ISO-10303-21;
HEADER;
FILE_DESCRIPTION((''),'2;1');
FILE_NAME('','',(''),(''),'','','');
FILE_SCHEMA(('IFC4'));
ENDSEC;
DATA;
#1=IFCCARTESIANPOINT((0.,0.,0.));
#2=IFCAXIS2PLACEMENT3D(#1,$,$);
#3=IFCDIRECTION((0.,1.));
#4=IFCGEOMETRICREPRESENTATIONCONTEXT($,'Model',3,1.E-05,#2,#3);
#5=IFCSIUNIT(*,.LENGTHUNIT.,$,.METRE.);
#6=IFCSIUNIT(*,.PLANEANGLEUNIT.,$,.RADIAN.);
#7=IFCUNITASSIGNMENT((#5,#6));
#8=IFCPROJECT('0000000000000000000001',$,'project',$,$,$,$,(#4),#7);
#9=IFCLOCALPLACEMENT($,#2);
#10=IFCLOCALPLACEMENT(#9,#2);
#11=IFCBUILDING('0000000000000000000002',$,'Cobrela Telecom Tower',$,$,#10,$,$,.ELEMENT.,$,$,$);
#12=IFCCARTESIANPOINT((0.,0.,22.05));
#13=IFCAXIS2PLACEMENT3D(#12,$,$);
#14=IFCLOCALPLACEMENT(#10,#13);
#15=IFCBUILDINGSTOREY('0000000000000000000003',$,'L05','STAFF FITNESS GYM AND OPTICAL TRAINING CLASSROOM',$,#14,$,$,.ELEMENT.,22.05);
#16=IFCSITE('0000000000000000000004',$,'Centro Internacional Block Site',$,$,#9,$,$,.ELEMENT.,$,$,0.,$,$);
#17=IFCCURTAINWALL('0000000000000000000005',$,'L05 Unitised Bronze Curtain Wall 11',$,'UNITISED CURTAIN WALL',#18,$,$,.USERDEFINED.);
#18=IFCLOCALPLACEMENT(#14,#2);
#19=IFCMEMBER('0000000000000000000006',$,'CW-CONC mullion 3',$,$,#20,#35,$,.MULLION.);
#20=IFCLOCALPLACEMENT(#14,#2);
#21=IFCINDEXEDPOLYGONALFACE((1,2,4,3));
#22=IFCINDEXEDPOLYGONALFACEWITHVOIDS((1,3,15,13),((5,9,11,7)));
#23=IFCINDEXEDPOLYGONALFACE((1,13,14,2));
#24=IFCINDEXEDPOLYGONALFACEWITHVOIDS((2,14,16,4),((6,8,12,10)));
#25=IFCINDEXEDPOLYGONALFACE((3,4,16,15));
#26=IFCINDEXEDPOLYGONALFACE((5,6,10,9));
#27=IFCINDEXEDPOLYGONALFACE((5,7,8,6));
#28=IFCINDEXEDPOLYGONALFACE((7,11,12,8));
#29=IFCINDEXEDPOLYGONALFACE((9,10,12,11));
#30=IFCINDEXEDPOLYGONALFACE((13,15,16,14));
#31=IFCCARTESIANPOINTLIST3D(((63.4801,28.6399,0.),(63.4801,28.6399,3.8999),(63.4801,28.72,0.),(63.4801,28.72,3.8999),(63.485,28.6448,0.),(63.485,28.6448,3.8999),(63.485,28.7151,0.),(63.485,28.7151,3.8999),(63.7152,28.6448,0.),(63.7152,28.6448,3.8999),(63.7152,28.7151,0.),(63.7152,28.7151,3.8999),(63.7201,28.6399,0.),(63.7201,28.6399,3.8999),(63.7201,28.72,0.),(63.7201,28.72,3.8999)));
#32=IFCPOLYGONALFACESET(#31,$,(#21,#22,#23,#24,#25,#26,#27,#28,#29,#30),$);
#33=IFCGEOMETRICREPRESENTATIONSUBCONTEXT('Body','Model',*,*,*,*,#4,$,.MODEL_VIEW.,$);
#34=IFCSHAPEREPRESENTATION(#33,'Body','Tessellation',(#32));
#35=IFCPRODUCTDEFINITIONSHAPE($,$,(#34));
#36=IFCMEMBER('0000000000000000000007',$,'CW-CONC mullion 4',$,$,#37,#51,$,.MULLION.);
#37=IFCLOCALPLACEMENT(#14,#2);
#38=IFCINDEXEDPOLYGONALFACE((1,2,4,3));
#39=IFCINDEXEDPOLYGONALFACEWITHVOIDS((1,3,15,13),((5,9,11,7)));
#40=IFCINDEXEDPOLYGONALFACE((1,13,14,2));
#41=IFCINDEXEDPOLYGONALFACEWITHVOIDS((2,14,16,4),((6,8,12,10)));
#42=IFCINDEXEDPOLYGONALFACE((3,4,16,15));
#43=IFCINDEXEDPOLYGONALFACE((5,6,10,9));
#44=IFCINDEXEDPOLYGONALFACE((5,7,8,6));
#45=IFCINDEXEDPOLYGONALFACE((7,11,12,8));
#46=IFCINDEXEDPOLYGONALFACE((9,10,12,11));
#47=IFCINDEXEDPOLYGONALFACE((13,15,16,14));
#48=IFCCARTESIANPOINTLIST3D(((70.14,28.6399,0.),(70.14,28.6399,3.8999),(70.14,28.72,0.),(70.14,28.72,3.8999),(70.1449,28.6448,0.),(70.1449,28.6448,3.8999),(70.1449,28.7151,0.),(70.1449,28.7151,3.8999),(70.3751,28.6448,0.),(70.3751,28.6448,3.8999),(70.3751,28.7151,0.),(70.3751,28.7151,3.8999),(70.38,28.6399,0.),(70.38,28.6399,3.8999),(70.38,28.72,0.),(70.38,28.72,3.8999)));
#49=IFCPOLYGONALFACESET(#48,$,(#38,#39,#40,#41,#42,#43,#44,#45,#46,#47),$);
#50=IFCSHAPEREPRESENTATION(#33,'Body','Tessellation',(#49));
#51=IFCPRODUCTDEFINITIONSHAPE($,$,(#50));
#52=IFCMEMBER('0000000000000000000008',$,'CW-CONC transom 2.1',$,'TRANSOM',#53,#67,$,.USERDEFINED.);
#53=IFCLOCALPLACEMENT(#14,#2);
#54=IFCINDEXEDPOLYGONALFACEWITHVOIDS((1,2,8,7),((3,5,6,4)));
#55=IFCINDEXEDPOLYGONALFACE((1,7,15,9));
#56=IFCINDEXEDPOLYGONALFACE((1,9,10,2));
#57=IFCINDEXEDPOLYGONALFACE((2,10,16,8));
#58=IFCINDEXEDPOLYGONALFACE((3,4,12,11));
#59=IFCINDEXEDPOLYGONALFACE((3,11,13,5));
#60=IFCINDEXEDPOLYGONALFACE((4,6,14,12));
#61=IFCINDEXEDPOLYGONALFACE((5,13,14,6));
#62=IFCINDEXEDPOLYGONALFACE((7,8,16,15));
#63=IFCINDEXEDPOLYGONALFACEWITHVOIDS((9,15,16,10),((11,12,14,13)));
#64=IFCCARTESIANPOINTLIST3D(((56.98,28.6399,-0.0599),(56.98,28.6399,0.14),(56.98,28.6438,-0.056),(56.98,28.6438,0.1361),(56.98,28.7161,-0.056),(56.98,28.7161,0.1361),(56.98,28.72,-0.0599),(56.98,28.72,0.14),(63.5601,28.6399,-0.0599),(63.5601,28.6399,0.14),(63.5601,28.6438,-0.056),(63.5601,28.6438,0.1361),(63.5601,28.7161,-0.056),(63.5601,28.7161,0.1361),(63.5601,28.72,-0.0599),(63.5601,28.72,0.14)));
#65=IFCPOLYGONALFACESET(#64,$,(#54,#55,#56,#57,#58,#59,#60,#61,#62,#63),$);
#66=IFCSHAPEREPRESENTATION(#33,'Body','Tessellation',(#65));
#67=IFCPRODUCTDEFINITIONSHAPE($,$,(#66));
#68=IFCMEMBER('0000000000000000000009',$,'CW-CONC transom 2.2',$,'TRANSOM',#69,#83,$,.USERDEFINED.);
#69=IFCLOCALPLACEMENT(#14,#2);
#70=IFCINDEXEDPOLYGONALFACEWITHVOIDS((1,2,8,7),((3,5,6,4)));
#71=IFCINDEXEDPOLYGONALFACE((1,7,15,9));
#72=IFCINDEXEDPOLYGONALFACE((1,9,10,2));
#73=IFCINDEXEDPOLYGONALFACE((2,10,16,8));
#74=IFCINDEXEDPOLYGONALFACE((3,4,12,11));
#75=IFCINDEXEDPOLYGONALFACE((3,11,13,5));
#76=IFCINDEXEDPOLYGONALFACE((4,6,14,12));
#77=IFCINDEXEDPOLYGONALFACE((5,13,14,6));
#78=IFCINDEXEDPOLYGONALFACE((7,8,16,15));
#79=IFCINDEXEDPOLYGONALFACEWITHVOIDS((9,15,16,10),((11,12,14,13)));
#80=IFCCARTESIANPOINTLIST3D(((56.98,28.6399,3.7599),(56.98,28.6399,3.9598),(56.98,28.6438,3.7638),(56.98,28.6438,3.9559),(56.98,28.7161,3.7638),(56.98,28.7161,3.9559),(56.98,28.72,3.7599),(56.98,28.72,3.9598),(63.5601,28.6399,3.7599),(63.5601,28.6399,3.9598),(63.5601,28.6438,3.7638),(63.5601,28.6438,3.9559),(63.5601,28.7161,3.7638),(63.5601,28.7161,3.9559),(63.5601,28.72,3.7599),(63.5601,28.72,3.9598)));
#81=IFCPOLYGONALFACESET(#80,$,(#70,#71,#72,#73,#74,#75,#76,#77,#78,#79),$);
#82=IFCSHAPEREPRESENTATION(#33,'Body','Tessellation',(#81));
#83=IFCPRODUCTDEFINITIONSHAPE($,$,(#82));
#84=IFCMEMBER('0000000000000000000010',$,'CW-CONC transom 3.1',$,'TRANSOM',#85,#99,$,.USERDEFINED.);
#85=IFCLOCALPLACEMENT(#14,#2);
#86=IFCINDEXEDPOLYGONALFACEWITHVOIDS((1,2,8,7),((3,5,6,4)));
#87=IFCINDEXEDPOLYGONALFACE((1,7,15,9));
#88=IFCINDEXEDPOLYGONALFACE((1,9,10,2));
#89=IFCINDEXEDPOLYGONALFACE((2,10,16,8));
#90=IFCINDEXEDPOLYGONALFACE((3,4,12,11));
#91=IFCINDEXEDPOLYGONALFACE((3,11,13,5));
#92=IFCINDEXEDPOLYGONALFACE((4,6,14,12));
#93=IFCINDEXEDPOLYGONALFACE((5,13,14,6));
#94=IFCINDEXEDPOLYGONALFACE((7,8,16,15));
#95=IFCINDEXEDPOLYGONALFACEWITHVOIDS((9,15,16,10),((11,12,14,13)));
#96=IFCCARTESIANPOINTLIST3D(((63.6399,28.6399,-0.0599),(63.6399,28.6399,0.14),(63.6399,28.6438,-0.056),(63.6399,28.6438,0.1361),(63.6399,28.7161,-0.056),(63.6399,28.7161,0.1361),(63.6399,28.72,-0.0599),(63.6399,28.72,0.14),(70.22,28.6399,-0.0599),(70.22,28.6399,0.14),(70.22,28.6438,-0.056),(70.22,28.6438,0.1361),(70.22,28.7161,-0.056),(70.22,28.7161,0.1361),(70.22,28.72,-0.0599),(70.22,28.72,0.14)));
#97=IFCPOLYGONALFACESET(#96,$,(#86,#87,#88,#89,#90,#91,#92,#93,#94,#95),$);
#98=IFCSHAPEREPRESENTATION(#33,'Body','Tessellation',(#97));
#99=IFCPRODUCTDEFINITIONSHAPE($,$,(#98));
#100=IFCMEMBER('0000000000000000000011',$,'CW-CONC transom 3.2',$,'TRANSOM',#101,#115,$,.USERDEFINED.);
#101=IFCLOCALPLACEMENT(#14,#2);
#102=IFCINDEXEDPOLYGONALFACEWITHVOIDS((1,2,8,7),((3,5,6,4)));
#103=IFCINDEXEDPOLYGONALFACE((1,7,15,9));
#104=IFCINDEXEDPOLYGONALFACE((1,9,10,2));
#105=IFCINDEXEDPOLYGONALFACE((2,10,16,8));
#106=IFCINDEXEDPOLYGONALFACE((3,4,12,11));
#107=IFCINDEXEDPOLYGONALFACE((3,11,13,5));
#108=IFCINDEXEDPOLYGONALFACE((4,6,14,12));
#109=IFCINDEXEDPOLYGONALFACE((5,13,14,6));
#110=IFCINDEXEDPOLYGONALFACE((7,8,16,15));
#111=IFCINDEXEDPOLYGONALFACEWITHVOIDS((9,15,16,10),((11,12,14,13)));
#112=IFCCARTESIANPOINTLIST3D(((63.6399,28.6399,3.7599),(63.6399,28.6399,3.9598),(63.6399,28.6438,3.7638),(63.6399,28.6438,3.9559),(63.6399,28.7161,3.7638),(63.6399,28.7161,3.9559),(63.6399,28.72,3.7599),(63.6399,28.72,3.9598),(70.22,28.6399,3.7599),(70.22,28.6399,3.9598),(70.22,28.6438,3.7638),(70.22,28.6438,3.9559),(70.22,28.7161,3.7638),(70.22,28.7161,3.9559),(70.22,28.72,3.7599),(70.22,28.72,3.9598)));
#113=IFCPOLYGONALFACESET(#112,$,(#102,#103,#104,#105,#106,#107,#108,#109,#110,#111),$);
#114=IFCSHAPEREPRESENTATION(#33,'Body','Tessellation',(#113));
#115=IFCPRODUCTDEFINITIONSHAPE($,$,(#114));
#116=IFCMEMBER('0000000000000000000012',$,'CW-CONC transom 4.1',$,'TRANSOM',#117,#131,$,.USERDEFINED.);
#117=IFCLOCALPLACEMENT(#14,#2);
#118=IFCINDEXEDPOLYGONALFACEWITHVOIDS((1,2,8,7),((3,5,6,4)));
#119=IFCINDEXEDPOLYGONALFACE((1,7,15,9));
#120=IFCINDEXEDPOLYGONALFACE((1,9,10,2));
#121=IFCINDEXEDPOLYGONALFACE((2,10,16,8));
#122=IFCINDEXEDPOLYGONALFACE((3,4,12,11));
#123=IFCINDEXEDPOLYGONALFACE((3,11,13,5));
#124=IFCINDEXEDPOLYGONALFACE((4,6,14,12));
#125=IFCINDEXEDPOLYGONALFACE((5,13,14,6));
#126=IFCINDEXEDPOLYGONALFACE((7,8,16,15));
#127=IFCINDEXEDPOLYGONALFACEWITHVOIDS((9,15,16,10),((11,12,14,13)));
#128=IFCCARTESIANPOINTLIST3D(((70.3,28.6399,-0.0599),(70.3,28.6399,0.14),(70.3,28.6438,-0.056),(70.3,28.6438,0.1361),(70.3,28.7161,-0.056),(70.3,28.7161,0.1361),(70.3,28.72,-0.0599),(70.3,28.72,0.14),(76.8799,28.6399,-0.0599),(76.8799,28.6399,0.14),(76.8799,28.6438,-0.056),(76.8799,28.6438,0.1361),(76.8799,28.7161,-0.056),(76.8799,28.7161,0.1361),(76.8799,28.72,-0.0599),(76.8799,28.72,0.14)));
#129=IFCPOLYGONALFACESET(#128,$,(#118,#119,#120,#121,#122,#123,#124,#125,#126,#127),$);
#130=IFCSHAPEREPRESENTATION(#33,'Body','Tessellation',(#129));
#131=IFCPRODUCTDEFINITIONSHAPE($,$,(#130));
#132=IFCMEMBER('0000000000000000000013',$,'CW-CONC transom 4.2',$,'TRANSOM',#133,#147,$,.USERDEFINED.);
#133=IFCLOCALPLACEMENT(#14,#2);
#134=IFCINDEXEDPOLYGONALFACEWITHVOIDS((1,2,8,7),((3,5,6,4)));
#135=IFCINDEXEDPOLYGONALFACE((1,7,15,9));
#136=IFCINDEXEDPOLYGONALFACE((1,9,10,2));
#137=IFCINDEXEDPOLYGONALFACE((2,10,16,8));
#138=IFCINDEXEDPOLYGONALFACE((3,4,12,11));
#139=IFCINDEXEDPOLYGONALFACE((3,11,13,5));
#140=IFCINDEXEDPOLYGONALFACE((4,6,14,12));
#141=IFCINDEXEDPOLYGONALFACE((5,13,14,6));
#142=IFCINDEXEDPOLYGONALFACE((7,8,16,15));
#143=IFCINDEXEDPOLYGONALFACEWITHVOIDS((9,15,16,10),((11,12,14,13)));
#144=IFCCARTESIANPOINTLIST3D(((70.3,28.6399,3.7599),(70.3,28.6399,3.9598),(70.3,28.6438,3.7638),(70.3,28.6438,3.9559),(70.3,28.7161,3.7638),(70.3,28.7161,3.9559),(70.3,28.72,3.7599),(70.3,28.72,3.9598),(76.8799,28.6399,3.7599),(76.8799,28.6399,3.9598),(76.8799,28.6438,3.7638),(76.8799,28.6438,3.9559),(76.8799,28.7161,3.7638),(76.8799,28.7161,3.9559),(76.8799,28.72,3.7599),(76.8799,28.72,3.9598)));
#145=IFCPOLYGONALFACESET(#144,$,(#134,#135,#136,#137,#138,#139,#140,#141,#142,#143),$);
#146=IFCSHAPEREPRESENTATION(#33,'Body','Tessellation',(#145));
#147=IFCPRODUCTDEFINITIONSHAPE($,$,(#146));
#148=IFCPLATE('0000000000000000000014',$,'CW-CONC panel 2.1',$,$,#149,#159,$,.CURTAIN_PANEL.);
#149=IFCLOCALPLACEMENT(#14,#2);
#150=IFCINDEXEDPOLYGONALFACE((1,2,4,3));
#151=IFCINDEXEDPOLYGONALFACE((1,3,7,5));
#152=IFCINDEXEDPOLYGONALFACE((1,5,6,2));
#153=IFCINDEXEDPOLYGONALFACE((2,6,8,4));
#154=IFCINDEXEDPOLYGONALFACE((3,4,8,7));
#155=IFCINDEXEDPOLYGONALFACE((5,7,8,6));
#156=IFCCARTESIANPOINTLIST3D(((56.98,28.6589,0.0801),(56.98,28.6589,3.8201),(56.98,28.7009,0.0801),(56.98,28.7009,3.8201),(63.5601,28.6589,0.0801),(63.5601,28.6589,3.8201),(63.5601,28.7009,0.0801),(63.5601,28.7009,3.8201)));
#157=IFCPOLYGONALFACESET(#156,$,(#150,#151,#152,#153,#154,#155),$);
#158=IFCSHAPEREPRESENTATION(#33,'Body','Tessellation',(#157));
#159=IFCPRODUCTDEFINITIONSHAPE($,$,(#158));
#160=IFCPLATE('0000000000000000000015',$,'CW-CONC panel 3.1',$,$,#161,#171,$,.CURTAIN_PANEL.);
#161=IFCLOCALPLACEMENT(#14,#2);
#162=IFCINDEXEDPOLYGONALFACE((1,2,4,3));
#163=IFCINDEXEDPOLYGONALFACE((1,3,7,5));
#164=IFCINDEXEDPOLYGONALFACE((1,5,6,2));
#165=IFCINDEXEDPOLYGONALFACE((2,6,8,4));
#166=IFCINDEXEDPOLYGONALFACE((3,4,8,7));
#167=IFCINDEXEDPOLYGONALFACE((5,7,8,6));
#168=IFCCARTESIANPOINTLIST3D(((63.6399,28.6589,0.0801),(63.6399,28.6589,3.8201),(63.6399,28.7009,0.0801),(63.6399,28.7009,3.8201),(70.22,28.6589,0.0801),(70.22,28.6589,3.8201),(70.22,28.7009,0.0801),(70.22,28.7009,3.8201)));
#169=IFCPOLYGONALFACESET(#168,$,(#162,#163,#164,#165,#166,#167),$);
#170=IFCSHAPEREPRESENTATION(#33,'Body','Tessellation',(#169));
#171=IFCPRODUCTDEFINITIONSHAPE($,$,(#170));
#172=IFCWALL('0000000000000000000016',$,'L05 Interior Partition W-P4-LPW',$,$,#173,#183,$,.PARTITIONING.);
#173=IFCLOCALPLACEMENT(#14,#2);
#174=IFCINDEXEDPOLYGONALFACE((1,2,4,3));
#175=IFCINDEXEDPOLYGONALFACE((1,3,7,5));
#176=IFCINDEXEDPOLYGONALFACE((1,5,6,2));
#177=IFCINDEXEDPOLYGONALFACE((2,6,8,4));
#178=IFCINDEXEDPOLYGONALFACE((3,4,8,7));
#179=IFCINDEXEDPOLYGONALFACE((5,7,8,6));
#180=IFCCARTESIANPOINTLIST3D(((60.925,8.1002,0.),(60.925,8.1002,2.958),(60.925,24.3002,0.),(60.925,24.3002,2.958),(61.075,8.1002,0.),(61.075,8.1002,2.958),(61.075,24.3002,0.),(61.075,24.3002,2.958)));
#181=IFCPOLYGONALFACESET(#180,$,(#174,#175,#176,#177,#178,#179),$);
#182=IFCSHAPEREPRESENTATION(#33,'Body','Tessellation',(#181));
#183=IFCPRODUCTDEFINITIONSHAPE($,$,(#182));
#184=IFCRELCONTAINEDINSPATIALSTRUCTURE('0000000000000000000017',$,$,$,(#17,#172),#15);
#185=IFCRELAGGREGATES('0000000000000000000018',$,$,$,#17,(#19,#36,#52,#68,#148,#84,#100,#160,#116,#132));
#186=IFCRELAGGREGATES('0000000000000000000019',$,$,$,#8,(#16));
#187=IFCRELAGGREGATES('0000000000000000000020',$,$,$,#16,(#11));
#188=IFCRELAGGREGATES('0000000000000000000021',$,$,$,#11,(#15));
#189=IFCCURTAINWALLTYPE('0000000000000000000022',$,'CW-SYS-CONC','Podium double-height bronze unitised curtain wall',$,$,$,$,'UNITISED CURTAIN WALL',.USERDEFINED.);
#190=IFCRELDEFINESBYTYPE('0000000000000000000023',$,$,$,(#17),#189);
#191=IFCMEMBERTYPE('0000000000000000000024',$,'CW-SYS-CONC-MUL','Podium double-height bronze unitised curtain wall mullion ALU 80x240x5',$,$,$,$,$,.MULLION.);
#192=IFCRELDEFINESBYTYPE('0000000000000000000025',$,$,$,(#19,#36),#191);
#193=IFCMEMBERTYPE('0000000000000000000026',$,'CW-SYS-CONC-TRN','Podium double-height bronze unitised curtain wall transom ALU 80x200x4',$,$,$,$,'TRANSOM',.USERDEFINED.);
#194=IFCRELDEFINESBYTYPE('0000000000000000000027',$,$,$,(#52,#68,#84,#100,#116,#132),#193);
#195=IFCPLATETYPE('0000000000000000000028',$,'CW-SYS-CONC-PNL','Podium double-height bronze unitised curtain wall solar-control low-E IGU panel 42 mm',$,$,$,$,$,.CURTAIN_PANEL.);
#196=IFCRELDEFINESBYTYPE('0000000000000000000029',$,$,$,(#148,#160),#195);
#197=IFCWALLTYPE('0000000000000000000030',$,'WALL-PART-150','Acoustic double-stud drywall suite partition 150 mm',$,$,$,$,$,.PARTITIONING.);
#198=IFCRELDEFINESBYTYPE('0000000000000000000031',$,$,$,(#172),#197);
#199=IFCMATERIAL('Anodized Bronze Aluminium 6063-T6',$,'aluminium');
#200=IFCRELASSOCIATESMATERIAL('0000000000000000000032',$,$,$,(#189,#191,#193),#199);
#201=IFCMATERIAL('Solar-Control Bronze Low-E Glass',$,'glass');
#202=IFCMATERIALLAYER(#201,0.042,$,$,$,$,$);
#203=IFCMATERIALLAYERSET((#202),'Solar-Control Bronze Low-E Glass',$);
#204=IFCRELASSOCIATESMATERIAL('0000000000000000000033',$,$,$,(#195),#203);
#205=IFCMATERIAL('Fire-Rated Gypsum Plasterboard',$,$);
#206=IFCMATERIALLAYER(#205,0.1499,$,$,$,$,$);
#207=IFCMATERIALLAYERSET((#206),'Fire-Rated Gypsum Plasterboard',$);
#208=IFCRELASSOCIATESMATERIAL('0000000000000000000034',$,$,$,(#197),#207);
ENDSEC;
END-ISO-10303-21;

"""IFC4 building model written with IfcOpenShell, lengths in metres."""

from ifc_helpers import new_model, si_unit, direction, frame, frame_2d, origin, origin_2d, place, context, subcontext, project, spatial, rectangle, hollow_rectangle, extrude, material, layer, layer_set, material_profile, profile_set, type_object, element, aggregate, save


model = new_model("IFC4")

# Units and contexts
model_context = context("Model", 3, precision=1e-05, world=origin(), true_north=direction((0.0, 1.0)))
body_context = subcontext(model_context, "Body", "Model", "MODEL_VIEW")
ifc_project = project(units=[si_unit("LENGTHUNIT", "METRE"), si_unit("PLANEANGLEUNIT", "RADIAN")], contexts=[model_context])

# Site, building, storey
site_placement = place(None, origin())
site = spatial("IfcSite", under=ifc_project, at=site_placement, Name="Centro Internacional Block Site", CompositionType="ELEMENT", RefElevation=0.0)
building_placement = place(site_placement, origin())
building = spatial("IfcBuilding", under=site, at=building_placement, Name="Cobrela Telecom Tower", CompositionType="ELEMENT")
storey_placement = place(building_placement, frame((0.0, 0.0, 22.05)))
storey = spatial("IfcBuildingStorey", under=building, at=storey_placement, Name="L05", Description="STAFF FITNESS GYM AND OPTICAL TRAINING CLASSROOM", CompositionType="ELEMENT", Elevation=22.05)

# Curtain wall, members, plates
ifc_material_1 = material(Name="Anodized Bronze Aluminium 6063-T6", Category="aluminium")
curtain_wall_type = type_object("IfcCurtainWallType", Name="CW-SYS-CONC", Description="Podium double-height bronze unitised curtain wall", ElementType="UNITISED CURTAIN WALL", PredefinedType="USERDEFINED", material=ifc_material_1)
curtain_wall_placement = place(storey_placement, origin())
curtain_wall = element("IfcCurtainWall", 1, at=curtain_wall_placement, inside=storey, type_object=curtain_wall_type, Name="L05 Unitised Bronze Curtain Wall 11", ObjectType="UNITISED CURTAIN WALL", PredefinedType="USERDEFINED")
ifc_material_profile_1 = material_profile(ifc_material_1, hollow_rectangle(XDim=0.0801, YDim=0.24, WallThickness=0.0049, at=origin_2d()), Name="ALU 80x240x5")
ifc_profile_set_1 = profile_set([ifc_material_profile_1], Name="Anodized Bronze Aluminium 6063-T6")
member_type_1 = type_object("IfcMemberType", Name="CW-SYS-CONC-MUL", Description="Podium double-height bronze unitised curtain wall mullion ALU 80x240x5", PredefinedType="MULLION", material=ifc_profile_set_1)
member_1_placement = place(storey_placement, frame((63.6001, 28.6799, 0.0), z_axis=(0.0, 0.0, 1.0), x_axis=(0.0, 1.0, 0.0)))
member_1 = element("IfcMember", 2, at=member_1_placement, type_object=member_type_1, Name="CW-CONC mullion 3", PredefinedType="MULLION", context=body_context, shape_type="SweptSolid", body=[
    extrude(hollow_rectangle(XDim=0.0801, YDim=0.24, WallThickness=0.0049, at=origin_2d()), origin(), (0.0, 0.0, 1.0), 3.8999),
])
member_2_placement = place(storey_placement, frame((70.26, 28.6799, 0.0), z_axis=(0.0, 0.0, 1.0), x_axis=(0.0, 1.0, 0.0)))
member_2 = element("IfcMember", 3, at=member_2_placement, type_object=member_type_1, Name="CW-CONC mullion 4", PredefinedType="MULLION", context=body_context, shape_type="SweptSolid", body=[
    extrude(hollow_rectangle(XDim=0.0801, YDim=0.24, WallThickness=0.0049, at=origin_2d()), origin(), (0.0, 0.0, 1.0), 3.8999),
])
ifc_material_profile_2 = material_profile(ifc_material_1, hollow_rectangle(XDim=0.0801, YDim=0.2, WallThickness=0.0039, at=origin_2d()), Name="ALU 80x200x4")
ifc_profile_set_2 = profile_set([ifc_material_profile_2], Name="Anodized Bronze Aluminium 6063-T6")
member_type_2 = type_object("IfcMemberType", Name="CW-SYS-CONC-TRN", Description="Podium double-height bronze unitised curtain wall transom ALU 80x200x4", ElementType="TRANSOM", PredefinedType="USERDEFINED", material=ifc_profile_set_2)
member_3_placement = place(storey_placement, frame((56.98, 28.6799, 0.04), z_axis=(1.0, 0.0, 0.0), x_axis=(0.0, 1.0, 0.0)))
member_3 = element("IfcMember", 4, at=member_3_placement, type_object=member_type_2, Name="CW-CONC transom 2.1", ObjectType="TRANSOM", PredefinedType="USERDEFINED", context=body_context, shape_type="SweptSolid", body=[
    extrude(hollow_rectangle(XDim=0.0801, YDim=0.2, WallThickness=0.0039, at=origin_2d()), origin(), (0.0, 0.0, 1.0), 6.5801),
])
member_4_placement = place(storey_placement, frame((56.98, 28.6799, 3.8599), z_axis=(1.0, 0.0, 0.0), x_axis=(0.0, 1.0, 0.0)))
member_4 = element("IfcMember", 5, at=member_4_placement, type_object=member_type_2, Name="CW-CONC transom 2.2", ObjectType="TRANSOM", PredefinedType="USERDEFINED", context=body_context, shape_type="SweptSolid", body=[
    extrude(hollow_rectangle(XDim=0.0801, YDim=0.2, WallThickness=0.0039, at=origin_2d()), origin(), (0.0, 0.0, 1.0), 6.5801),
])
member_5_placement = place(storey_placement, frame((63.6399, 28.6799, 0.04), z_axis=(1.0, 0.0, 0.0), x_axis=(0.0, 1.0, 0.0)))
member_5 = element("IfcMember", 6, at=member_5_placement, type_object=member_type_2, Name="CW-CONC transom 3.1", ObjectType="TRANSOM", PredefinedType="USERDEFINED", context=body_context, shape_type="SweptSolid", body=[
    extrude(hollow_rectangle(XDim=0.0801, YDim=0.2, WallThickness=0.0039, at=origin_2d()), origin(), (0.0, 0.0, 1.0), 6.5801),
])
member_6_placement = place(storey_placement, frame((63.6399, 28.6799, 3.8599), z_axis=(1.0, 0.0, 0.0), x_axis=(0.0, 1.0, 0.0)))
member_6 = element("IfcMember", 7, at=member_6_placement, type_object=member_type_2, Name="CW-CONC transom 3.2", ObjectType="TRANSOM", PredefinedType="USERDEFINED", context=body_context, shape_type="SweptSolid", body=[
    extrude(hollow_rectangle(XDim=0.0801, YDim=0.2, WallThickness=0.0039, at=origin_2d()), origin(), (0.0, 0.0, 1.0), 6.5801),
])
member_7_placement = place(storey_placement, frame((70.3, 28.6799, 0.04), z_axis=(1.0, 0.0, 0.0), x_axis=(0.0, 1.0, 0.0)))
member_7 = element("IfcMember", 8, at=member_7_placement, type_object=member_type_2, Name="CW-CONC transom 4.1", ObjectType="TRANSOM", PredefinedType="USERDEFINED", context=body_context, shape_type="SweptSolid", body=[
    extrude(hollow_rectangle(XDim=0.0801, YDim=0.2, WallThickness=0.0039, at=origin_2d()), origin(), (0.0, 0.0, 1.0), 6.5798),
])
member_8_placement = place(storey_placement, frame((70.3, 28.6799, 3.8599), z_axis=(1.0, 0.0, 0.0), x_axis=(0.0, 1.0, 0.0)))
member_8 = element("IfcMember", 9, at=member_8_placement, type_object=member_type_2, Name="CW-CONC transom 4.2", ObjectType="TRANSOM", PredefinedType="USERDEFINED", context=body_context, shape_type="SweptSolid", body=[
    extrude(hollow_rectangle(XDim=0.0801, YDim=0.2, WallThickness=0.0039, at=origin_2d()), origin(), (0.0, 0.0, 1.0), 6.5798),
])
ifc_material_2 = material(Name="Solar-Control Bronze Low-E Glass", Category="glass")
ifc_layer_1 = layer(ifc_material_2, 0.042)
ifc_layer_set_1 = layer_set([ifc_layer_1], Name="Solar-Control Bronze Low-E Glass")
plate_type = type_object("IfcPlateType", Name="CW-SYS-CONC-PNL", Description="Podium double-height bronze unitised curtain wall solar-control low-E IGU panel 42 mm", PredefinedType="CURTAIN_PANEL", material=ifc_layer_set_1)
plate_1_placement = place(storey_placement, frame((60.27, 28.6799, 0.0801), z_axis=(0.0, 0.0, 1.0), x_axis=(1.0, 0.0, 0.0)))
plate_1 = element("IfcPlate", 10, at=plate_1_placement, type_object=plate_type, Name="CW-CONC panel 2.1", PredefinedType="CURTAIN_PANEL", context=body_context, shape_type="SweptSolid", body=[
    extrude(rectangle(XDim=6.5801, YDim=0.042, at=origin_2d()), origin(), (0.0, 0.0, 1.0), 3.74),
])
plate_2_placement = place(storey_placement, frame((66.9299, 28.6799, 0.0801), z_axis=(0.0, 0.0, 1.0), x_axis=(1.0, 0.0, 0.0)))
plate_2 = element("IfcPlate", 11, at=plate_2_placement, type_object=plate_type, Name="CW-CONC panel 3.1", PredefinedType="CURTAIN_PANEL", context=body_context, shape_type="SweptSolid", body=[
    extrude(rectangle(XDim=6.5801, YDim=0.042, at=origin_2d()), origin(), (0.0, 0.0, 1.0), 3.74),
])
aggregate(curtain_wall, [member_1, member_2, member_3, member_4, plate_1, member_5, member_6, plate_2, member_7, member_8])

# Wall
ifc_material_3 = material(Name="Fire-Rated Gypsum Plasterboard")
ifc_layer_2 = layer(ifc_material_3, 0.1499)
ifc_layer_set_2 = layer_set([ifc_layer_2], Name="Fire-Rated Gypsum Plasterboard")
wall_type = type_object("IfcWallType", Name="WALL-PART-150", Description="Acoustic double-stud drywall suite partition 150 mm", PredefinedType="PARTITIONING", material=ifc_layer_set_2)
wall_1_placement = place(storey_placement, frame((61.0, 8.1001, 0.0), z_axis=(0.0, 0.0, 1.0), x_axis=(0.0, 1.0, 0.0)))
element("IfcWall", 12, at=wall_1_placement, inside=storey, type_object=wall_type, Name="L05 Interior Partition W-P4-LPW", PredefinedType="PARTITIONING", context=body_context, shape_type="SweptSolid", body=[
    extrude(rectangle(XDim=16.2, YDim=0.1499, at=frame_2d((8.1001, 0.0))), origin(), (0.0, 0.0, 1.0), 2.958),
])

save(model, "model.ifc")
